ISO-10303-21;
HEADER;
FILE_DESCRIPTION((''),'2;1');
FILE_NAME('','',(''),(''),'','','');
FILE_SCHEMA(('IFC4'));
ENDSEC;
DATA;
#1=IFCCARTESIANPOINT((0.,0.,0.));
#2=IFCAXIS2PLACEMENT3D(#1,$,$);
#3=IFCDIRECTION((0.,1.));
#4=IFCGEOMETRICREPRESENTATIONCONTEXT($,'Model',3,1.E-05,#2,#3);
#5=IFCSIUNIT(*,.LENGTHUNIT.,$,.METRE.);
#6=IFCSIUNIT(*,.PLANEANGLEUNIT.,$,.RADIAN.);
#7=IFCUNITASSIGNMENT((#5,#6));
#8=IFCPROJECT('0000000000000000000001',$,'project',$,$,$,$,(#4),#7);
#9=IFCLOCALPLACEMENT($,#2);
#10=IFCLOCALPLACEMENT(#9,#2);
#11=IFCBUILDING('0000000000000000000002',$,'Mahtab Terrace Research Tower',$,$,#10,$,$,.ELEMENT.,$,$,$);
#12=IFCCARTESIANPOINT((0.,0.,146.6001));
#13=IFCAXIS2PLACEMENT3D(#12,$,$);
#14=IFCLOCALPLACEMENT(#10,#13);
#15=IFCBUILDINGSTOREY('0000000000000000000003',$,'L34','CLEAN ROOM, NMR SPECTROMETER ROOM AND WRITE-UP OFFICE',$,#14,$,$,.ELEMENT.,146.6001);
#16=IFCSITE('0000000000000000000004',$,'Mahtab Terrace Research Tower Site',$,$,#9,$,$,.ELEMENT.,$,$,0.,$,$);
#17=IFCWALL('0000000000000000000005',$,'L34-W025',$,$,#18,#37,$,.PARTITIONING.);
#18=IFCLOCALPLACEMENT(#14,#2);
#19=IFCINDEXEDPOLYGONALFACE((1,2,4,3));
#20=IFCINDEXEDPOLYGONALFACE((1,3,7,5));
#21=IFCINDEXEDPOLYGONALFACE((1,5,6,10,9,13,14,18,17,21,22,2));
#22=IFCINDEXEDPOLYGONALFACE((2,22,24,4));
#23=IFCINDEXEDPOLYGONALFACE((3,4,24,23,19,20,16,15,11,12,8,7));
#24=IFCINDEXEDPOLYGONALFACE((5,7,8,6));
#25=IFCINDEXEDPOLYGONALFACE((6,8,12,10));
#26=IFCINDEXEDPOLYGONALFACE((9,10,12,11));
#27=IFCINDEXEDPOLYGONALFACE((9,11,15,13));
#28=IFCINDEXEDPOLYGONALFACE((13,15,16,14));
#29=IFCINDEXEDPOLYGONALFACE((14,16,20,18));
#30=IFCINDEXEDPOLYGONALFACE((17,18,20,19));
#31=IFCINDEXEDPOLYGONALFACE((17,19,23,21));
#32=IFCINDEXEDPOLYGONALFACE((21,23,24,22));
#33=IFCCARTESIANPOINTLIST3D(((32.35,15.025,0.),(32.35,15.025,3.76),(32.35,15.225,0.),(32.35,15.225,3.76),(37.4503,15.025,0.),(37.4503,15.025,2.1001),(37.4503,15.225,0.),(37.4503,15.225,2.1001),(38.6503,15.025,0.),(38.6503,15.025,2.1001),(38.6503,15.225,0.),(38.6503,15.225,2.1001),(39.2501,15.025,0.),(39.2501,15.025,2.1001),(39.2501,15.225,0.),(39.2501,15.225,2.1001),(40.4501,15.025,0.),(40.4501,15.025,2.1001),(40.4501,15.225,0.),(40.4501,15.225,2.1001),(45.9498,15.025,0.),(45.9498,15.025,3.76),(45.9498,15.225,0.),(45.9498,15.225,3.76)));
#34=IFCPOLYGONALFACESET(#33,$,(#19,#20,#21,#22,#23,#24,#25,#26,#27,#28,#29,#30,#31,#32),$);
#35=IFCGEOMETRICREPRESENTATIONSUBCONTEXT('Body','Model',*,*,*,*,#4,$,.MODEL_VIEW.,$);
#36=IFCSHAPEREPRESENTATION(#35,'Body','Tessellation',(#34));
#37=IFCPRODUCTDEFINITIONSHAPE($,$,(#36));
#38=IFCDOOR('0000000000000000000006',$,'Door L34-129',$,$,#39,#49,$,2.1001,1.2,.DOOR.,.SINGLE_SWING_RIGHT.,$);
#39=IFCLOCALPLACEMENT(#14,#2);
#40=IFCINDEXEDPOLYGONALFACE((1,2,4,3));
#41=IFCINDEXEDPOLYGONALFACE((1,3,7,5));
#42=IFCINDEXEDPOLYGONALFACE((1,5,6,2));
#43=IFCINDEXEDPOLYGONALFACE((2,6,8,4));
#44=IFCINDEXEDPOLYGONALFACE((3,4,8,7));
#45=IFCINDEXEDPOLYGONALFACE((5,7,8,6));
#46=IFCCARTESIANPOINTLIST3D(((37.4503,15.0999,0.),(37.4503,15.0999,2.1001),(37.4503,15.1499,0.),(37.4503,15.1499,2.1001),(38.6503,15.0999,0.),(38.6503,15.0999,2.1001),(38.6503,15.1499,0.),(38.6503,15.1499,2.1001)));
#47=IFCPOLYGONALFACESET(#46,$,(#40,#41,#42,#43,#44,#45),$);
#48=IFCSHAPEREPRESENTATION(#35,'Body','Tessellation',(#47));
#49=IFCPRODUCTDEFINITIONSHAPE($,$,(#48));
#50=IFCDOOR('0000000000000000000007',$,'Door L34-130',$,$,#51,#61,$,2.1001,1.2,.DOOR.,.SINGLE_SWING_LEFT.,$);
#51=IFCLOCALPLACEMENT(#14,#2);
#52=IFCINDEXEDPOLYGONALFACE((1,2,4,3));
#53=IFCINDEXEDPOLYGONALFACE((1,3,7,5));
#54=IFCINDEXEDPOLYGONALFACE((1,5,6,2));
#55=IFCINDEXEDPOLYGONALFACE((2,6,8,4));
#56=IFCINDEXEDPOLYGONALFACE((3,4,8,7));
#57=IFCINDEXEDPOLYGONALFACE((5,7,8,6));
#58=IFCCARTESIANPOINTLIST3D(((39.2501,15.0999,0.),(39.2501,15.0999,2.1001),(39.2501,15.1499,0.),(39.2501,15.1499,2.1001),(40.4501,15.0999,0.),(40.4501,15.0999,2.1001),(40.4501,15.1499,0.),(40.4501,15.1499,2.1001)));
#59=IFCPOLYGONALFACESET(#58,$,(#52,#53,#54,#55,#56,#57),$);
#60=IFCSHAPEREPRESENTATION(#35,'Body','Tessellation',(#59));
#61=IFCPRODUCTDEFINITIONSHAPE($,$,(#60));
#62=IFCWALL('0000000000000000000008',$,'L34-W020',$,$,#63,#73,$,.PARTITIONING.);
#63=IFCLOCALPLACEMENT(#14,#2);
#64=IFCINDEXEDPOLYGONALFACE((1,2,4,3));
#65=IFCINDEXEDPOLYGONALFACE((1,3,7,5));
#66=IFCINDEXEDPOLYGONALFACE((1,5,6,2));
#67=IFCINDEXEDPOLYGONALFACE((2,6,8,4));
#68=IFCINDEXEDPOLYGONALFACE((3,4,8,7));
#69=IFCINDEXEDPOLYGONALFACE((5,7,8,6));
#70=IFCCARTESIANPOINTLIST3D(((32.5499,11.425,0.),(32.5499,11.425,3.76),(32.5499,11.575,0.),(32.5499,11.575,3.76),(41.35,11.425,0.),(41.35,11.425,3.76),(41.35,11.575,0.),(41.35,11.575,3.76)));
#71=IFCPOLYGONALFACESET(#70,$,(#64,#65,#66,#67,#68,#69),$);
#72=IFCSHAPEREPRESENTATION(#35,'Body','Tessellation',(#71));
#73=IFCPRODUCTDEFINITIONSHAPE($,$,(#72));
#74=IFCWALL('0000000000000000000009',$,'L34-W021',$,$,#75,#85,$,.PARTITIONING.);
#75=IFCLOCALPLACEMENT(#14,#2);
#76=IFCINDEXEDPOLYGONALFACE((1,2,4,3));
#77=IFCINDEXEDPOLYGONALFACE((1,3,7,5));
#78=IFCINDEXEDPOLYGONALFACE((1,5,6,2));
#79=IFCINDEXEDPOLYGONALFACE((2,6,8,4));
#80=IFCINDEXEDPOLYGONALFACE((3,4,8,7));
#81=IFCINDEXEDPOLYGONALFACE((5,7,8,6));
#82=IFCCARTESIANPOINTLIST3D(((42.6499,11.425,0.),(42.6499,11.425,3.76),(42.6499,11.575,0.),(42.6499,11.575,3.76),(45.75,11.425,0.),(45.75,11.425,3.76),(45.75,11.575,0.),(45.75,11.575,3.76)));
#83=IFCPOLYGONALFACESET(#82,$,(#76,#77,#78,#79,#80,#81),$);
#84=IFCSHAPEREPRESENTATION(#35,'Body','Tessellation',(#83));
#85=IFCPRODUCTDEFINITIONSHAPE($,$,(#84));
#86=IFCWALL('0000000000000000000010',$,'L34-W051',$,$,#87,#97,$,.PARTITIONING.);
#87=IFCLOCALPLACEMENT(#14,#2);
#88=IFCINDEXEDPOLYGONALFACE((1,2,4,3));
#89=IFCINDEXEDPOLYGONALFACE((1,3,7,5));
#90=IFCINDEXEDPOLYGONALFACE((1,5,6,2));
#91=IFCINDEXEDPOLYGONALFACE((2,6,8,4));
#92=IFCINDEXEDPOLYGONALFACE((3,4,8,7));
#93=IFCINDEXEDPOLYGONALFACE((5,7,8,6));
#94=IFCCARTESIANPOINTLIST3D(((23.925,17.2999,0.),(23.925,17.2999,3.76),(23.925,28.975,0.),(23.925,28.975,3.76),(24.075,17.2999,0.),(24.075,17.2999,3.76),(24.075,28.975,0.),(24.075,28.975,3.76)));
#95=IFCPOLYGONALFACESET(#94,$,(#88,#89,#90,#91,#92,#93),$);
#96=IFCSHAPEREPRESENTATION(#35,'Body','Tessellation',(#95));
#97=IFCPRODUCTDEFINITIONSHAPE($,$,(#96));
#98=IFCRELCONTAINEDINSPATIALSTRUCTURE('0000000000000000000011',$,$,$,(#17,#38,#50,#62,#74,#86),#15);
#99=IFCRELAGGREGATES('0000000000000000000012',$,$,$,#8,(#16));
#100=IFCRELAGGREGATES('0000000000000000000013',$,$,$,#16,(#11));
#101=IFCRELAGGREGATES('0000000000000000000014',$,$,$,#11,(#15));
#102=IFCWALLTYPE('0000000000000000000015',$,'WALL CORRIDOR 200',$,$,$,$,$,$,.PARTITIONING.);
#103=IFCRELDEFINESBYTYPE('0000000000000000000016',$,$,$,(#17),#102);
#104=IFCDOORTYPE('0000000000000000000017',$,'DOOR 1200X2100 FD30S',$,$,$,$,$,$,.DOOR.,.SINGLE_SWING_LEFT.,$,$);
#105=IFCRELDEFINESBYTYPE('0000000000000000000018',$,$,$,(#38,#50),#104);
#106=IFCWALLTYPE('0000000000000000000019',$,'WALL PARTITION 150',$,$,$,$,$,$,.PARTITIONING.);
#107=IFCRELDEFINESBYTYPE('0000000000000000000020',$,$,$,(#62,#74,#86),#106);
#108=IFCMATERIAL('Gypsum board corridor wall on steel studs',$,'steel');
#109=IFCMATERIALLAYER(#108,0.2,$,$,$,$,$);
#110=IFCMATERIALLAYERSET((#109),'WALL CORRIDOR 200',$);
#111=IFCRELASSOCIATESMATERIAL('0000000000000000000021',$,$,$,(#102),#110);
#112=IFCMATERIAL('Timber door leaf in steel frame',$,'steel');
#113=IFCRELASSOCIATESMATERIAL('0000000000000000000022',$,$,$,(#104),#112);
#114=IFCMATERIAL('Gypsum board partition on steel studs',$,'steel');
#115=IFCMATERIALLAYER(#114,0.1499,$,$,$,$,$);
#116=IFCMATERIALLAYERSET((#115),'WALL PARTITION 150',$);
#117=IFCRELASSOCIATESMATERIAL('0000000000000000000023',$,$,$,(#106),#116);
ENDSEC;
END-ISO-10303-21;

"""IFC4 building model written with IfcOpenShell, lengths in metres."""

from ifc_helpers import new_model, si_unit, direction, frame, frame_2d, origin, place, context, subcontext, project, spatial, rectangle, extrude, material, layer, layer_set, type_object, element, fill, save


model = new_model("IFC4")

# Units and contexts
model_context = context("Model", 3, precision=1e-05, world=origin(), true_north=direction((0.0, 1.0)))
body_context = subcontext(model_context, "Body", "Model", "MODEL_VIEW")
ifc_project = project(units=[si_unit("LENGTHUNIT", "METRE"), si_unit("PLANEANGLEUNIT", "RADIAN")], contexts=[model_context])

# Site, building, storey
site_placement = place(None, origin())
site = spatial("IfcSite", under=ifc_project, at=site_placement, Name="Mahtab Terrace Research Tower Site", CompositionType="ELEMENT", RefElevation=0.0)
building_placement = place(site_placement, origin())
building = spatial("IfcBuilding", under=site, at=building_placement, Name="Mahtab Terrace Research Tower", CompositionType="ELEMENT")
storey_placement = place(building_placement, frame((0.0, 0.0, 146.6001)))
storey = spatial("IfcBuildingStorey", under=building, at=storey_placement, Name="L34", Description="CLEAN ROOM, NMR SPECTROMETER ROOM AND WRITE-UP OFFICE", CompositionType="ELEMENT", Elevation=146.6001)

# Wall, openings, doors
ifc_material_1 = material(Name="Gypsum board corridor wall on steel studs", Category="steel")
ifc_layer_1 = layer(ifc_material_1, 0.2)
ifc_layer_set_1 = layer_set([ifc_layer_1], Name="WALL CORRIDOR 200")
wall_type_1 = type_object("IfcWallType", Name="WALL CORRIDOR 200", PredefinedType="PARTITIONING", material=ifc_layer_set_1)
wall_1_placement = place(storey_placement, frame((32.3501, 15.125, 0.0), z_axis=(0.0, 0.0, 1.0), x_axis=(1.0, 0.0, 0.0)))
wall_1 = element("IfcWall", 1, at=wall_1_placement, inside=storey, type_object=wall_type_1, Name="L34-W025", PredefinedType="PARTITIONING", context=body_context, shape_type="SweptSolid", body=[
    extrude(rectangle(XDim=13.5999, YDim=0.2, at=frame_2d((6.7998, 0.0))), origin(), (0.0, 0.0, 1.0), 3.76),
])
opening_1_placement = place(wall_1_placement, frame((5.1001, 0.0, 0.0)))
opening_1 = element("IfcOpeningElement", 2, at=opening_1_placement, cuts=wall_1, PredefinedType="OPENING", context=body_context, shape_type="SweptSolid", body=[
    extrude(rectangle(XDim=1.2, YDim=2.1001, at=frame_2d((0.6001, 1.05))), frame((0.0, 0.1099, 0.0), z_axis=(0.0, -1.0, 0.0), x_axis=(1.0, 0.0, 0.0)), (0.0, 0.0, 1.0), 0.22),
])
opening_2_placement = place(wall_1_placement, frame((6.8999, 0.0, 0.0)))
opening_2 = element("IfcOpeningElement", 3, at=opening_2_placement, cuts=wall_1, PredefinedType="OPENING", context=body_context, shape_type="SweptSolid", body=[
    extrude(rectangle(XDim=1.2, YDim=2.1001, at=frame_2d((0.6001, 1.05))), frame((0.0, 0.1099, 0.0), z_axis=(0.0, -1.0, 0.0), x_axis=(1.0, 0.0, 0.0)), (0.0, 0.0, 1.0), 0.22),
])
ifc_material_2 = material(Name="Timber door leaf in steel frame", Category="steel")
door_type_1 = type_object("IfcDoorType", Name="DOOR 1200X2100 FD30S", OperationType="SINGLE_SWING_LEFT", PredefinedType="DOOR", material=ifc_material_2)
door_1_placement = place(opening_1_placement, origin())
door_1 = element("IfcDoor", 4, at=door_1_placement, inside=storey, type_object=door_type_1, Name="Door L34-129", OperationType="SINGLE_SWING_RIGHT", OverallHeight=2.1001, OverallWidth=1.2, PredefinedType="DOOR", context=body_context, shape_type="SweptSolid", body=[
    extrude(rectangle(XDim=1.2, YDim=2.1001, at=frame_2d((0.6001, 1.05))), frame((0.0, 0.0249, 0.0), z_axis=(0.0, -1.0, 0.0), x_axis=(1.0, 0.0, 0.0)), (0.0, 0.0, 1.0), 0.05),
])
fill(opening_1, door_1)
door_2_placement = place(opening_2_placement, origin())
door_2 = element("IfcDoor", 5, at=door_2_placement, inside=storey, type_object=door_type_1, Name="Door L34-130", OperationType="SINGLE_SWING_LEFT", OverallHeight=2.1001, OverallWidth=1.2, PredefinedType="DOOR", context=body_context, shape_type="SweptSolid", body=[
    extrude(rectangle(XDim=1.2, YDim=2.1001, at=frame_2d((0.6001, 1.05))), frame((0.0, 0.0249, 0.0), z_axis=(0.0, -1.0, 0.0), x_axis=(1.0, 0.0, 0.0)), (0.0, 0.0, 1.0), 0.05),
])
fill(opening_2, door_2)

# Walls
ifc_material_3 = material(Name="Gypsum board partition on steel studs", Category="steel")
ifc_layer_2 = layer(ifc_material_3, 0.1499)
ifc_layer_set_2 = layer_set([ifc_layer_2], Name="WALL PARTITION 150")
wall_type_2 = type_object("IfcWallType", Name="WALL PARTITION 150", PredefinedType="PARTITIONING", material=ifc_layer_set_2)
wall_2_placement = place(storey_placement, frame((32.55, 11.5, 0.0), z_axis=(0.0, 0.0, 1.0), x_axis=(1.0, 0.0, 0.0)))
element("IfcWall", 6, at=wall_2_placement, inside=storey, type_object=wall_type_2, Name="L34-W020", PredefinedType="PARTITIONING", context=body_context, shape_type="SweptSolid", body=[
    extrude(rectangle(XDim=8.8, YDim=0.1499, at=frame_2d((4.3999, 0.0))), origin(), (0.0, 0.0, 1.0), 3.76),
])
wall_3_placement = place(storey_placement, frame((42.6499, 11.5, 0.0), z_axis=(0.0, 0.0, 1.0), x_axis=(1.0, 0.0, 0.0)))
element("IfcWall", 7, at=wall_3_placement, inside=storey, type_object=wall_type_2, Name="L34-W021", PredefinedType="PARTITIONING", context=body_context, shape_type="SweptSolid", body=[
    extrude(rectangle(XDim=3.1001, YDim=0.1499, at=frame_2d((1.55, 0.0))), origin(), (0.0, 0.0, 1.0), 3.76),
])
wall_4_placement = place(storey_placement, frame((24.0, 17.3, 0.0), z_axis=(0.0, 0.0, 1.0), x_axis=(0.0, 1.0, 0.0)))
element("IfcWall", 8, at=wall_4_placement, inside=storey, type_object=wall_type_2, Name="L34-W051", PredefinedType="PARTITIONING", context=body_context, shape_type="SweptSolid", body=[
    extrude(rectangle(XDim=11.675, YDim=0.1499, at=frame_2d((5.8374, 0.0))), origin(), (0.0, 0.0, 1.0), 3.76),
])

save(model, "model.ifc")
